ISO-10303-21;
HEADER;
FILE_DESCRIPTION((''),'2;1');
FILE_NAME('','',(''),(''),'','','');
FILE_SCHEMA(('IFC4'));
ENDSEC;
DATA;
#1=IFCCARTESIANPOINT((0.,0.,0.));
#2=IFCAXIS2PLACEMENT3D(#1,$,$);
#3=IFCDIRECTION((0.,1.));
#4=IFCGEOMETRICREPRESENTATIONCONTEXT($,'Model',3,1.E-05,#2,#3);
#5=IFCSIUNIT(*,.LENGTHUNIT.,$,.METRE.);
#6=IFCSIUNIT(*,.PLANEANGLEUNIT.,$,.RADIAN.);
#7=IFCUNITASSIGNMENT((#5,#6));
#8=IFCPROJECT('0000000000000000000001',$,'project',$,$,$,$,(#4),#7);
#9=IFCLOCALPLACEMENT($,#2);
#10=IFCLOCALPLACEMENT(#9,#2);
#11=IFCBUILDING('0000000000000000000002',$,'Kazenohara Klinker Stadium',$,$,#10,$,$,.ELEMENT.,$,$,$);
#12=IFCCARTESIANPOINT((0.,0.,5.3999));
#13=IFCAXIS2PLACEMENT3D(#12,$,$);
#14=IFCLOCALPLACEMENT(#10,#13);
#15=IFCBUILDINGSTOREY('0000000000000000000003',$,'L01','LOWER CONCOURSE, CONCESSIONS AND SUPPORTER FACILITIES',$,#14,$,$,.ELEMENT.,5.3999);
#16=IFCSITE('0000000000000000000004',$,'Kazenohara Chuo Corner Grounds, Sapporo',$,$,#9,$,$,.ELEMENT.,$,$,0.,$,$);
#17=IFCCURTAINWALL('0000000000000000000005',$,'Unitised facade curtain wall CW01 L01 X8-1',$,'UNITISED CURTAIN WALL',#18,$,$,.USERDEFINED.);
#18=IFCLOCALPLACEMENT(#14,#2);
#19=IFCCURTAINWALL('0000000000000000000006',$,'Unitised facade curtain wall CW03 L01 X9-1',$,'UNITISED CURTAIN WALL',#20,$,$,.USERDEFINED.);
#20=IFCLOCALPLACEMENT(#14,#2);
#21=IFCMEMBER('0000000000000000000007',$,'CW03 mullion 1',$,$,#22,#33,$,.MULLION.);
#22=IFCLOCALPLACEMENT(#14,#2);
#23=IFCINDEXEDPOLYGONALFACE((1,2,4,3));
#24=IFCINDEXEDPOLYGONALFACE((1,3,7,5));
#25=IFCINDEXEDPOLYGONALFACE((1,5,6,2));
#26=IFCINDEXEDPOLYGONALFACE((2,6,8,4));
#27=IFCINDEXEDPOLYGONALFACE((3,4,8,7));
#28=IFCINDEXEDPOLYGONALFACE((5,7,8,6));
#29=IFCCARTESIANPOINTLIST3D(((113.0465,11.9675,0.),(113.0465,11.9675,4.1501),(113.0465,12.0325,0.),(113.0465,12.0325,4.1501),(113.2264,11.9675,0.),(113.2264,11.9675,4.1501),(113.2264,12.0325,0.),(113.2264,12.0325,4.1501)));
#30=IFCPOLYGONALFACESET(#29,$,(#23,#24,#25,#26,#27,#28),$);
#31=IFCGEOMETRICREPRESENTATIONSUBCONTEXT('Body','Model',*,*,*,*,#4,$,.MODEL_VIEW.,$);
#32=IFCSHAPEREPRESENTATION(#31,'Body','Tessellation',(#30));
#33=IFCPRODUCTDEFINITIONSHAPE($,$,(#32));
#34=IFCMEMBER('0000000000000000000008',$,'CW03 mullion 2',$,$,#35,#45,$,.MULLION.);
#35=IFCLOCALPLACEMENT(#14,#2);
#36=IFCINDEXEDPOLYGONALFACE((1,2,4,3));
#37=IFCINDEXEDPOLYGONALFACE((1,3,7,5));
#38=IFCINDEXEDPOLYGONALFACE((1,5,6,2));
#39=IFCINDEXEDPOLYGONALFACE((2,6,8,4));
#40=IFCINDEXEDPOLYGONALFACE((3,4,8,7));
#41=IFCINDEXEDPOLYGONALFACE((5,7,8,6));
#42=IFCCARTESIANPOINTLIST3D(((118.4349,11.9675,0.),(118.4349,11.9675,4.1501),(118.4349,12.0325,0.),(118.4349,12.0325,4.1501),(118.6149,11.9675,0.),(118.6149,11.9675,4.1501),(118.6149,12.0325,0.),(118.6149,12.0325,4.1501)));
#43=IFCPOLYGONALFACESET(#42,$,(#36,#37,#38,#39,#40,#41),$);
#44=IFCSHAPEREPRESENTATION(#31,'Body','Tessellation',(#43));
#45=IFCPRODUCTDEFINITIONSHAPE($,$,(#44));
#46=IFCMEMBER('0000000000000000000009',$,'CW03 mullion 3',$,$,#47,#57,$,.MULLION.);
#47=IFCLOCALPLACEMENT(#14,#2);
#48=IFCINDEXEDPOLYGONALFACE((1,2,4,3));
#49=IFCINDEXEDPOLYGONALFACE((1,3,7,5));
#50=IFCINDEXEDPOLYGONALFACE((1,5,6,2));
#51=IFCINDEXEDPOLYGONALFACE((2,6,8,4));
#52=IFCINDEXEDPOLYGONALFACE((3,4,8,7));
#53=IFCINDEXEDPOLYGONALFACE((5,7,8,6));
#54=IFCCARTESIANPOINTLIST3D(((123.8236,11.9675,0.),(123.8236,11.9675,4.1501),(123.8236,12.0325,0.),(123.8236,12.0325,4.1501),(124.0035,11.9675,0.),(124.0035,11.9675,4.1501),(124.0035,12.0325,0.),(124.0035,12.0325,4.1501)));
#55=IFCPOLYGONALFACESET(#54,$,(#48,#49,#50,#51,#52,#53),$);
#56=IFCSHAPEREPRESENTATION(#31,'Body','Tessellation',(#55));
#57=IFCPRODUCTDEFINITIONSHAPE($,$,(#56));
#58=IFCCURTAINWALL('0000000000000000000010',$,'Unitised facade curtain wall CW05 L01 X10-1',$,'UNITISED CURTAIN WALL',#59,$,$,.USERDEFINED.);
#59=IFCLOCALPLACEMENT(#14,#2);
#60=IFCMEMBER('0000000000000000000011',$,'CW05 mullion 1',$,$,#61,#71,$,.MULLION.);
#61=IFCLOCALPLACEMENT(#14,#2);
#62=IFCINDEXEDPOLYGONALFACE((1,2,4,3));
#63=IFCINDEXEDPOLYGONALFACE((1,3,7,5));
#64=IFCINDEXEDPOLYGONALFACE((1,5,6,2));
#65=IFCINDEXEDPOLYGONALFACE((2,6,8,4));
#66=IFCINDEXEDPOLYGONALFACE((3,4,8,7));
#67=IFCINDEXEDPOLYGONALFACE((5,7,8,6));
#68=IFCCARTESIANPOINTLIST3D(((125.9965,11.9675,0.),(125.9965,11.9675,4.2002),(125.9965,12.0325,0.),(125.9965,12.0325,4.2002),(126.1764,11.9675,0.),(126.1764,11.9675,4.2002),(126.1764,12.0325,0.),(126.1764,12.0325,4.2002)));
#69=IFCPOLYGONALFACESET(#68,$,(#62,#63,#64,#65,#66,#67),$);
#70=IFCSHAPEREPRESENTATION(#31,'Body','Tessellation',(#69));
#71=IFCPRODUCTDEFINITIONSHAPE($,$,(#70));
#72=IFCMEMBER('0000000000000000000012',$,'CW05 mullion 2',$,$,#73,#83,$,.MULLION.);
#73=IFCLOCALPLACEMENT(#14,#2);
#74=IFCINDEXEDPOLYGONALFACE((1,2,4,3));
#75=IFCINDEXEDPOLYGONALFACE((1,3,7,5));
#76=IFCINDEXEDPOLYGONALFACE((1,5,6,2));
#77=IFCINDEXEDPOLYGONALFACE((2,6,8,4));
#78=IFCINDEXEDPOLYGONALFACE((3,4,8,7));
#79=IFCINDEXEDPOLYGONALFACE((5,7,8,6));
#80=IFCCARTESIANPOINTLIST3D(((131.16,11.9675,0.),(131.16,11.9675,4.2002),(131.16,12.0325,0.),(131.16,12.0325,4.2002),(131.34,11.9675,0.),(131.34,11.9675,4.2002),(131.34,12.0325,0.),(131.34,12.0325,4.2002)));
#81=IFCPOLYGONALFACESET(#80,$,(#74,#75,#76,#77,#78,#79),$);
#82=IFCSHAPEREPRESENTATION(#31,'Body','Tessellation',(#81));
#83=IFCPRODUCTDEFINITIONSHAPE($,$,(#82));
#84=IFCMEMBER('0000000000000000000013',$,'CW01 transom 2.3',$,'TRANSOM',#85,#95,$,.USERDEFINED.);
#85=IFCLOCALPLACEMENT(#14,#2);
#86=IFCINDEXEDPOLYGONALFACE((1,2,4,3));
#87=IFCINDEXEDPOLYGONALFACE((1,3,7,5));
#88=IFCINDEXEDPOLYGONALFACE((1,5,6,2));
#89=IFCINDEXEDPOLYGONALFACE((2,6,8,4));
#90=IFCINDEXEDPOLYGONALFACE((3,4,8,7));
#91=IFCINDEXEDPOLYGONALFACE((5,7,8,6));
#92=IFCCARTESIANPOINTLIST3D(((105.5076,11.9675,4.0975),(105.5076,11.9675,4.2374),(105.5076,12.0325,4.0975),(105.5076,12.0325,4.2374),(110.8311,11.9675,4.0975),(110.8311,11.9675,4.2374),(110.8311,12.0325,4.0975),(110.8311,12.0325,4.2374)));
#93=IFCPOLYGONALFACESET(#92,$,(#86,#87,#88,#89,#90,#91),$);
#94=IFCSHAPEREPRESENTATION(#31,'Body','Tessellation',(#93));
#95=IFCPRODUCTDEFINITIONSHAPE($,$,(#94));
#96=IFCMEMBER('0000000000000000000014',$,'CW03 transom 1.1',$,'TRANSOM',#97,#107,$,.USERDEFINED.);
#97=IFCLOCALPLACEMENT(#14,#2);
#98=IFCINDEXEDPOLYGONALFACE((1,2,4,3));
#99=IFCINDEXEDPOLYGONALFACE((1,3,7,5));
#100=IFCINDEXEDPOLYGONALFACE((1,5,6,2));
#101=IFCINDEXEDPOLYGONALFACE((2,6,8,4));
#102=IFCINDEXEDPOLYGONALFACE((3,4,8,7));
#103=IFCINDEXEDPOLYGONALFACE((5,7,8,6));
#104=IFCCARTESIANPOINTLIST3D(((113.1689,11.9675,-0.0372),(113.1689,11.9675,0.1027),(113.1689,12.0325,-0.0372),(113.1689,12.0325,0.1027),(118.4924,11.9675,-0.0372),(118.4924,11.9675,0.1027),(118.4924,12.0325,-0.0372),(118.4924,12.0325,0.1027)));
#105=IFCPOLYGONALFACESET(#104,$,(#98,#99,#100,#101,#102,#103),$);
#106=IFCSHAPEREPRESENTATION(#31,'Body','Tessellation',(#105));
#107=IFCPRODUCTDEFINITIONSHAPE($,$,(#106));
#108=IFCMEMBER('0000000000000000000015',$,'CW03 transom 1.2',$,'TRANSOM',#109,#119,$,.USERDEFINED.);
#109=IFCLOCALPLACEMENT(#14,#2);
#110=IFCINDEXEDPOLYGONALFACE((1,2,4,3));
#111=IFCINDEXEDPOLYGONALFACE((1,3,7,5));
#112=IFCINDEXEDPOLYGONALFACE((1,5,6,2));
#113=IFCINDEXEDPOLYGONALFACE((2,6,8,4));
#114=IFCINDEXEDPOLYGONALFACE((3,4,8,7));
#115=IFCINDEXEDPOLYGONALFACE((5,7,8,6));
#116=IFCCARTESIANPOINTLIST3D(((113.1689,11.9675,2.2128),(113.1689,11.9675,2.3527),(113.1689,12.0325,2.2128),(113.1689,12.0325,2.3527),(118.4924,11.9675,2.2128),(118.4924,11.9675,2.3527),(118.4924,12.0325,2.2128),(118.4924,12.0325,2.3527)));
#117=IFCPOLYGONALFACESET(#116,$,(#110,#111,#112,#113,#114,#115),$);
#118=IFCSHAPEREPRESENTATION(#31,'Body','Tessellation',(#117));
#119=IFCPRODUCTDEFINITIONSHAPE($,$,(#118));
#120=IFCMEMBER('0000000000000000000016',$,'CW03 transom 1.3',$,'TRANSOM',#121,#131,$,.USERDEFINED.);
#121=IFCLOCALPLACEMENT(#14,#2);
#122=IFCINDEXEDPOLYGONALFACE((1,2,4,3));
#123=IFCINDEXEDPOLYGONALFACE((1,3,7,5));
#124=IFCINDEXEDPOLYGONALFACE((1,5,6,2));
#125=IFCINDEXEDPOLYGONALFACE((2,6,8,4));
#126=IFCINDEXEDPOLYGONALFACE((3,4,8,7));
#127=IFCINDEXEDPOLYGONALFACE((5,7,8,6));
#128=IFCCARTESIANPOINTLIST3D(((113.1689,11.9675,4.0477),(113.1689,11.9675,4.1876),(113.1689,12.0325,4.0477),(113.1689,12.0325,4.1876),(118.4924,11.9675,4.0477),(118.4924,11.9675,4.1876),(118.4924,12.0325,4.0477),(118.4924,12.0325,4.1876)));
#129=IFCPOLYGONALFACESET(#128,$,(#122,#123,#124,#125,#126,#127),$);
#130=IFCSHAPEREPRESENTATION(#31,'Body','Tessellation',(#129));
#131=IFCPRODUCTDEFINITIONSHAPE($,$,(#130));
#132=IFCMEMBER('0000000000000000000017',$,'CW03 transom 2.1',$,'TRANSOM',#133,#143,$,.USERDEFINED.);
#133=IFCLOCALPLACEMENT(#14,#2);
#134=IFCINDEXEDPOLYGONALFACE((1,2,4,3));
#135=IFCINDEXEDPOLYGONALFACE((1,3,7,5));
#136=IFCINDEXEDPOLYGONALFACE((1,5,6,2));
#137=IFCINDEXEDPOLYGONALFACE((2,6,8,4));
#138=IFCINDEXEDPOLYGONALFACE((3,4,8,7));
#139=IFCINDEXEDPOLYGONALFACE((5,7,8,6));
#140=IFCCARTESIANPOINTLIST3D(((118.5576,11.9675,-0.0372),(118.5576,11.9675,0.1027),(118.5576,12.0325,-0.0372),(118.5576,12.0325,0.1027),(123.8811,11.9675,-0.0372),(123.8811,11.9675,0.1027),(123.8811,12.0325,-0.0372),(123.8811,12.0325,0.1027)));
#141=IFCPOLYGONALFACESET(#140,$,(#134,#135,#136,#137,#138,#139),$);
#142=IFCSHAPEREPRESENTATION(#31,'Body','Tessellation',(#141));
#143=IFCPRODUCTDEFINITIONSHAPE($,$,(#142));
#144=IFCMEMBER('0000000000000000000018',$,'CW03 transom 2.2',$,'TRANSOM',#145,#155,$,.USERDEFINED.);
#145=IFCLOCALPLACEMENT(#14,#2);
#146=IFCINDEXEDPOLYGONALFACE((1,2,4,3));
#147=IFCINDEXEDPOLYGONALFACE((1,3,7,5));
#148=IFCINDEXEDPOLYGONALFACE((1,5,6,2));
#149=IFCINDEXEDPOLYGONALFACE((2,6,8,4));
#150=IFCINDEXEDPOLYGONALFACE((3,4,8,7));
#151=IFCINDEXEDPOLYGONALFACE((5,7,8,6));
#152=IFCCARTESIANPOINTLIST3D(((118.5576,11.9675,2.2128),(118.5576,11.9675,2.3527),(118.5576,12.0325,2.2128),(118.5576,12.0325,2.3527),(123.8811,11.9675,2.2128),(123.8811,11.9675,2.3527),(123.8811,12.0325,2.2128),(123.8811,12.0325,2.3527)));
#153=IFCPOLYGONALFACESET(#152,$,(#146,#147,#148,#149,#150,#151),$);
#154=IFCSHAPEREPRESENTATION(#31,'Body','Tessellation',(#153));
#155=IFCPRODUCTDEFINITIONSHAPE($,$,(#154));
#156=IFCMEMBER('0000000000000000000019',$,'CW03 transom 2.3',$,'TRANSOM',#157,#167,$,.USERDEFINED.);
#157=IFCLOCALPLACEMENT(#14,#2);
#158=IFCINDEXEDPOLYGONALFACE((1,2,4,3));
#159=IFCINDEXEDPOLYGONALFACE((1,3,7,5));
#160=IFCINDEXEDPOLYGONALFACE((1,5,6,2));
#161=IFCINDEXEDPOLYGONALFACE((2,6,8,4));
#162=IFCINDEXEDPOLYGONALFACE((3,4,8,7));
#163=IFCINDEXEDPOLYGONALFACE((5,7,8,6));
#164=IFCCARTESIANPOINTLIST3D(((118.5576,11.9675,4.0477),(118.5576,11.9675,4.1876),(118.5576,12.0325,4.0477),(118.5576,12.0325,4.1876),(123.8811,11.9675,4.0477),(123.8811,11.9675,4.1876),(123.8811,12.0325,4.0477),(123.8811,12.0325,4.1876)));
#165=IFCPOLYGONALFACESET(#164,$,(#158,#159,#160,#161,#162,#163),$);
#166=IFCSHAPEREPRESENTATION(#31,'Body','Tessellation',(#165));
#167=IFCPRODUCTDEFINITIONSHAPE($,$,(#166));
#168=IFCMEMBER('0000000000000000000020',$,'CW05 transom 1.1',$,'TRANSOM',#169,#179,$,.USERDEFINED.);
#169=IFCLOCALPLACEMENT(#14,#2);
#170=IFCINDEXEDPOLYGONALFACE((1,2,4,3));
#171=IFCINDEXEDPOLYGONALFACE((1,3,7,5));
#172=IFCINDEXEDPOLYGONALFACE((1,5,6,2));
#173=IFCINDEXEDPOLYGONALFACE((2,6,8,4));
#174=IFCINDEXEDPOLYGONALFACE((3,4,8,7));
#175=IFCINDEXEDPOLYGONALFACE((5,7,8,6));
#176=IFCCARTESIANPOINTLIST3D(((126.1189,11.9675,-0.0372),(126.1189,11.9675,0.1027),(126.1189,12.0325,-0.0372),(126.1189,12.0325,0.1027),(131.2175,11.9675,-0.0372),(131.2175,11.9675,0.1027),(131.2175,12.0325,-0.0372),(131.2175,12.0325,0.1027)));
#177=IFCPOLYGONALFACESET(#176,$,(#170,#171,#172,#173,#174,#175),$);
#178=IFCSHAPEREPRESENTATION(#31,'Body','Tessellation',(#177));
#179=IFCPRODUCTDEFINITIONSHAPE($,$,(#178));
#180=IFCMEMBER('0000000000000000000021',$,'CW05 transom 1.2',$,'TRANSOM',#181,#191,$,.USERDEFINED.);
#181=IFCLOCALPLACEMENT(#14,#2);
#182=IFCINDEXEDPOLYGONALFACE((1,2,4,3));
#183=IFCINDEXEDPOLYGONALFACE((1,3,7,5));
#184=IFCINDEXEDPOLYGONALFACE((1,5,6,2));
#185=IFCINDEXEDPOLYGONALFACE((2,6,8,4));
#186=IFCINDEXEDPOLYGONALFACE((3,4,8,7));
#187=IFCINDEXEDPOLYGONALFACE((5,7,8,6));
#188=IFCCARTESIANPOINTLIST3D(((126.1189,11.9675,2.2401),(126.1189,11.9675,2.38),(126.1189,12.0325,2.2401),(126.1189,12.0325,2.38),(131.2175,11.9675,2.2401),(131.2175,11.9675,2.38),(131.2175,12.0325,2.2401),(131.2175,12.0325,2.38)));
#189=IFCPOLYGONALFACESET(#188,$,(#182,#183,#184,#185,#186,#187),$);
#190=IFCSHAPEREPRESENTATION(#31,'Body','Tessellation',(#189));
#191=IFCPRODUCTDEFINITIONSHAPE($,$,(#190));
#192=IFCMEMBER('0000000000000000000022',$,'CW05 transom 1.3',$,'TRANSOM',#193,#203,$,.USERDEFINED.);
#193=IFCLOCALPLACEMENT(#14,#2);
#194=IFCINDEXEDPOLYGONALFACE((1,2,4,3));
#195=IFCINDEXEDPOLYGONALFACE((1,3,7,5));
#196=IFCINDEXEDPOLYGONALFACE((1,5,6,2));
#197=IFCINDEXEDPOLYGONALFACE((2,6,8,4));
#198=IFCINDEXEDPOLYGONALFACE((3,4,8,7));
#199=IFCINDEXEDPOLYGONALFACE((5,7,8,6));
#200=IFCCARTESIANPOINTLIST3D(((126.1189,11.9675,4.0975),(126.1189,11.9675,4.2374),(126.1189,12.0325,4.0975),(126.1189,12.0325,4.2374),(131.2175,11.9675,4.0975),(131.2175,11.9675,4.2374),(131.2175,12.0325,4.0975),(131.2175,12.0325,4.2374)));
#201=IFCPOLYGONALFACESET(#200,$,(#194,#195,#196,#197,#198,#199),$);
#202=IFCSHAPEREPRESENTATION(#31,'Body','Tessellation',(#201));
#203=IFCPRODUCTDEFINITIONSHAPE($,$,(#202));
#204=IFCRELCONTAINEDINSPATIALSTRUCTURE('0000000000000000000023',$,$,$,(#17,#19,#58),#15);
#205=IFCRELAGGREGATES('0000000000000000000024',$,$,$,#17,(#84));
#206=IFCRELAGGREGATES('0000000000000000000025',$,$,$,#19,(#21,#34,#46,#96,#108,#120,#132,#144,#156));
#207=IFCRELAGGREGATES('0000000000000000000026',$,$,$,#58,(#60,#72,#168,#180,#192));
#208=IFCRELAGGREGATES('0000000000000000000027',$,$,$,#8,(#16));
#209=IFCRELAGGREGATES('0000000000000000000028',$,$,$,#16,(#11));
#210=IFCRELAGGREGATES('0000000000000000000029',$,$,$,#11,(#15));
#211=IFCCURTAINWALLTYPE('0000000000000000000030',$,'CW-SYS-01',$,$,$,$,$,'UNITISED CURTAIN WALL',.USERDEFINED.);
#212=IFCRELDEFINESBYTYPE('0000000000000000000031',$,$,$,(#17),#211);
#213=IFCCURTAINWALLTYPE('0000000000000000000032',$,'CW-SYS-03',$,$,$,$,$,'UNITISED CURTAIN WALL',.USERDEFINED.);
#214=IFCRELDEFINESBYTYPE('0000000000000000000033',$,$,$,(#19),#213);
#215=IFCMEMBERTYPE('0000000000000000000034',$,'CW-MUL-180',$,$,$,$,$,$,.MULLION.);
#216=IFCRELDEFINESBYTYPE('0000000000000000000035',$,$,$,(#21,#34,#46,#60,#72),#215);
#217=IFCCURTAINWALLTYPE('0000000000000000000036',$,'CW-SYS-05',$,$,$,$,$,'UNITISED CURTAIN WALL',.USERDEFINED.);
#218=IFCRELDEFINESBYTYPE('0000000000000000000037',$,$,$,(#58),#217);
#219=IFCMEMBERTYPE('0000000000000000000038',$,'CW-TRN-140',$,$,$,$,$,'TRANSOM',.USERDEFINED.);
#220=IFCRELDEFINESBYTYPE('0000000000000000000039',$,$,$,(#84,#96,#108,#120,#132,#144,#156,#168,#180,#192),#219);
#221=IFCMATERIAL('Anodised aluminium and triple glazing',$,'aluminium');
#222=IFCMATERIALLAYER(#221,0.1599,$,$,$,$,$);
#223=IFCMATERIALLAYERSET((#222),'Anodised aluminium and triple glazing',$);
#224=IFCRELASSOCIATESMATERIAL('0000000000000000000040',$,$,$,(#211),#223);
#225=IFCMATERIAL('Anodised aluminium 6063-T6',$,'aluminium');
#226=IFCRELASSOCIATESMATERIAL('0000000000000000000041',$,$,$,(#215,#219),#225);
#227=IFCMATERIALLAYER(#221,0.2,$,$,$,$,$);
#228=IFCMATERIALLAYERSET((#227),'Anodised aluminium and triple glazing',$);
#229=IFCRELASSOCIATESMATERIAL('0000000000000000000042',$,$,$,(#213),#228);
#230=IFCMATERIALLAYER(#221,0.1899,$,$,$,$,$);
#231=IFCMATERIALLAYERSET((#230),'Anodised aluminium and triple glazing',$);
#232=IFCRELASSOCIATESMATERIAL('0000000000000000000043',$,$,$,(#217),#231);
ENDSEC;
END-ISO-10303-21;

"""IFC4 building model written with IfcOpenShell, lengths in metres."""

from ifc_helpers import new_model, si_unit, direction, frame, origin, origin_2d, place, context, subcontext, project, spatial, rectangle, extrude, material, layer, layer_set, material_profile, profile_set, type_object, element, aggregate, save


model = new_model("IFC4")

# Units and contexts
model_context = context("Model", 3, precision=1e-05, world=origin(), true_north=direction((0.0, 1.0)))
body_context = subcontext(model_context, "Body", "Model", "MODEL_VIEW")
ifc_project = project(units=[si_unit("LENGTHUNIT", "METRE"), si_unit("PLANEANGLEUNIT", "RADIAN")], contexts=[model_context])

# Site, building, storey
site_placement = place(None, origin())
site = spatial("IfcSite", under=ifc_project, at=site_placement, Name="Kazenohara Chuo Corner Grounds, Sapporo", CompositionType="ELEMENT", RefElevation=0.0)
building_placement = place(site_placement, origin())
building = spatial("IfcBuilding", under=site, at=building_placement, Name="Kazenohara Klinker Stadium", CompositionType="ELEMENT")
storey_placement = place(building_placement, frame((0.0, 0.0, 5.3999)))
storey = spatial("IfcBuildingStorey", under=building, at=storey_placement, Name="L01", Description="LOWER CONCOURSE, CONCESSIONS AND SUPPORTER FACILITIES", CompositionType="ELEMENT", Elevation=5.3999)

# Curtain wall
ifc_material_1 = material(Name="Anodised aluminium and triple glazing", Category="aluminium")
ifc_layer_1 = layer(ifc_material_1, 0.1599)
ifc_layer_set_1 = layer_set([ifc_layer_1], Name="Anodised aluminium and triple glazing")
curtain_wall_type_1 = type_object("IfcCurtainWallType", Name="CW-SYS-01", ElementType="UNITISED CURTAIN WALL", PredefinedType="USERDEFINED", material=ifc_layer_set_1)
curtain_wall_1_placement = place(storey_placement, origin())
curtain_wall_1 = element("IfcCurtainWall", 1, at=curtain_wall_1_placement, inside=storey, type_object=curtain_wall_type_1, Name="Unitised facade curtain wall CW01 L01 X8-1", ObjectType="UNITISED CURTAIN WALL", PredefinedType="USERDEFINED")
ifc_material_2 = material(Name="Anodised aluminium 6063-T6", Category="aluminium")
ifc_material_profile_1 = material_profile(ifc_material_2, rectangle(XDim=0.0649, YDim=0.1799, at=origin_2d()), Name="ALU-MUL-65x180")
ifc_profile_set_1 = profile_set([ifc_material_profile_1], Name="Anodised aluminium 6063-T6")
member_type_1 = type_object("IfcMemberType", Name="CW-MUL-180", PredefinedType="MULLION", material=ifc_profile_set_1)

# Curtain walls, members
ifc_layer_2 = layer(ifc_material_1, 0.2)
ifc_layer_set_2 = layer_set([ifc_layer_2], Name="Anodised aluminium and triple glazing")
curtain_wall_type_2 = type_object("IfcCurtainWallType", Name="CW-SYS-03", ElementType="UNITISED CURTAIN WALL", PredefinedType="USERDEFINED", material=ifc_layer_set_2)
curtain_wall_2_placement = place(storey_placement, origin())
curtain_wall_2 = element("IfcCurtainWall", 2, at=curtain_wall_2_placement, inside=storey, type_object=curtain_wall_type_2, Name="Unitised facade curtain wall CW03 L01 X9-1", ObjectType="UNITISED CURTAIN WALL", PredefinedType="USERDEFINED")
member_1_placement = place(storey_placement, frame((113.1365, 12.0, 0.0), z_axis=(0.0, 0.0, 1.0), x_axis=(0.0, 1.0, 0.0)))
member_1 = element("IfcMember", 3, at=member_1_placement, type_object=member_type_1, Name="CW03 mullion 1", PredefinedType="MULLION", context=body_context, shape_type="SweptSolid", body=[
    extrude(rectangle(XDim=0.0649, YDim=0.1799, at=origin_2d()), origin(), (0.0, 0.0, 1.0), 4.1501),
])
member_2_placement = place(storey_placement, frame((118.5249, 12.0, 0.0), z_axis=(0.0, 0.0, 1.0), x_axis=(0.0, 1.0, 0.0)))
member_2 = element("IfcMember", 4, at=member_2_placement, type_object=member_type_1, Name="CW03 mullion 2", PredefinedType="MULLION", context=body_context, shape_type="SweptSolid", body=[
    extrude(rectangle(XDim=0.0649, YDim=0.1799, at=origin_2d()), origin(), (0.0, 0.0, 1.0), 4.1501),
])
member_3_placement = place(storey_placement, frame((123.9136, 12.0, 0.0), z_axis=(0.0, 0.0, 1.0), x_axis=(0.0, 1.0, 0.0)))
member_3 = element("IfcMember", 5, at=member_3_placement, type_object=member_type_1, Name="CW03 mullion 3", PredefinedType="MULLION", context=body_context, shape_type="SweptSolid", body=[
    extrude(rectangle(XDim=0.0649, YDim=0.1799, at=origin_2d()), origin(), (0.0, 0.0, 1.0), 4.1501),
])
ifc_layer_3 = layer(ifc_material_1, 0.1899)
ifc_layer_set_3 = layer_set([ifc_layer_3], Name="Anodised aluminium and triple glazing")
curtain_wall_type_3 = type_object("IfcCurtainWallType", Name="CW-SYS-05", ElementType="UNITISED CURTAIN WALL", PredefinedType="USERDEFINED", material=ifc_layer_set_3)
curtain_wall_3_placement = place(storey_placement, origin())
curtain_wall_3 = element("IfcCurtainWall", 6, at=curtain_wall_3_placement, inside=storey, type_object=curtain_wall_type_3, Name="Unitised facade curtain wall CW05 L01 X10-1", ObjectType="UNITISED CURTAIN WALL", PredefinedType="USERDEFINED")
member_4_placement = place(storey_placement, frame((126.0864, 12.0, 0.0), z_axis=(0.0, 0.0, 1.0), x_axis=(0.0, 1.0, 0.0)))
member_4 = element("IfcMember", 7, at=member_4_placement, type_object=member_type_1, Name="CW05 mullion 1", PredefinedType="MULLION", context=body_context, shape_type="SweptSolid", body=[
    extrude(rectangle(XDim=0.0649, YDim=0.1799, at=origin_2d()), origin(), (0.0, 0.0, 1.0), 4.2002),
])
member_5_placement = place(storey_placement, frame((131.25, 12.0, 0.0), z_axis=(0.0, 0.0, 1.0), x_axis=(0.0, 1.0, 0.0)))
member_5 = element("IfcMember", 8, at=member_5_placement, type_object=member_type_1, Name="CW05 mullion 2", PredefinedType="MULLION", context=body_context, shape_type="SweptSolid", body=[
    extrude(rectangle(XDim=0.0649, YDim=0.1799, at=origin_2d()), origin(), (0.0, 0.0, 1.0), 4.2002),
])

# Members
ifc_material_profile_2 = material_profile(ifc_material_2, rectangle(XDim=0.0649, YDim=0.1399, at=origin_2d()), Name="ALU-TRN-65x140")
ifc_profile_set_2 = profile_set([ifc_material_profile_2], Name="Anodised aluminium 6063-T6")
member_type_2 = type_object("IfcMemberType", Name="CW-TRN-140", ElementType="TRANSOM", PredefinedType="USERDEFINED", material=ifc_profile_set_2)
member_6_placement = place(storey_placement, frame((105.5076, 12.0, 4.1675), z_axis=(1.0, 0.0, 0.0), x_axis=(0.0, 1.0, 0.0)))
member_6 = element("IfcMember", 9, at=member_6_placement, type_object=member_type_2, Name="CW01 transom 2.3", ObjectType="TRANSOM", PredefinedType="USERDEFINED", context=body_context, shape_type="SweptSolid", body=[
    extrude(rectangle(XDim=0.0649, YDim=0.1399, at=origin_2d()), origin(), (0.0, 0.0, 1.0), 5.3235),
])
member_7_placement = place(storey_placement, frame((113.1689, 12.0, 0.0327), z_axis=(1.0, 0.0, 0.0), x_axis=(0.0, 1.0, 0.0)))
member_7 = element("IfcMember", 10, at=member_7_placement, type_object=member_type_2, Name="CW03 transom 1.1", ObjectType="TRANSOM", PredefinedType="USERDEFINED", context=body_context, shape_type="SweptSolid", body=[
    extrude(rectangle(XDim=0.0649, YDim=0.1399, at=origin_2d()), origin(), (0.0, 0.0, 1.0), 5.3235),
])
member_8_placement = place(storey_placement, frame((113.1689, 12.0, 2.2827), z_axis=(1.0, 0.0, 0.0), x_axis=(0.0, 1.0, 0.0)))
member_8 = element("IfcMember", 11, at=member_8_placement, type_object=member_type_2, Name="CW03 transom 1.2", ObjectType="TRANSOM", PredefinedType="USERDEFINED", context=body_context, shape_type="SweptSolid", body=[
    extrude(rectangle(XDim=0.0649, YDim=0.1399, at=origin_2d()), origin(), (0.0, 0.0, 1.0), 5.3235),
])
member_9_placement = place(storey_placement, frame((113.1689, 12.0, 4.1177), z_axis=(1.0, 0.0, 0.0), x_axis=(0.0, 1.0, 0.0)))
member_9 = element("IfcMember", 12, at=member_9_placement, type_object=member_type_2, Name="CW03 transom 1.3", ObjectType="TRANSOM", PredefinedType="USERDEFINED", context=body_context, shape_type="SweptSolid", body=[
    extrude(rectangle(XDim=0.0649, YDim=0.1399, at=origin_2d()), origin(), (0.0, 0.0, 1.0), 5.3235),
])
member_10_placement = place(storey_placement, frame((118.5576, 12.0, 0.0327), z_axis=(1.0, 0.0, 0.0), x_axis=(0.0, 1.0, 0.0)))
member_10 = element("IfcMember", 13, at=member_10_placement, type_object=member_type_2, Name="CW03 transom 2.1", ObjectType="TRANSOM", PredefinedType="USERDEFINED", context=body_context, shape_type="SweptSolid", body=[
    extrude(rectangle(XDim=0.0649, YDim=0.1399, at=origin_2d()), origin(), (0.0, 0.0, 1.0), 5.3235),
])
member_11_placement = place(storey_placement, frame((118.5576, 12.0, 2.2827), z_axis=(1.0, 0.0, 0.0), x_axis=(0.0, 1.0, 0.0)))
member_11 = element("IfcMember", 14, at=member_11_placement, type_object=member_type_2, Name="CW03 transom 2.2", ObjectType="TRANSOM", PredefinedType="USERDEFINED", context=body_context, shape_type="SweptSolid", body=[
    extrude(rectangle(XDim=0.0649, YDim=0.1399, at=origin_2d()), origin(), (0.0, 0.0, 1.0), 5.3235),
])
member_12_placement = place(storey_placement, frame((118.5576, 12.0, 4.1177), z_axis=(1.0, 0.0, 0.0), x_axis=(0.0, 1.0, 0.0)))
member_12 = element("IfcMember", 15, at=member_12_placement, type_object=member_type_2, Name="CW03 transom 2.3", ObjectType="TRANSOM", PredefinedType="USERDEFINED", context=body_context, shape_type="SweptSolid", body=[
    extrude(rectangle(XDim=0.0649, YDim=0.1399, at=origin_2d()), origin(), (0.0, 0.0, 1.0), 5.3235),
])
member_13_placement = place(storey_placement, frame((126.1189, 12.0, 0.0327), z_axis=(1.0, 0.0, 0.0), x_axis=(0.0, 1.0, 0.0)))
member_13 = element("IfcMember", 16, at=member_13_placement, type_object=member_type_2, Name="CW05 transom 1.1", ObjectType="TRANSOM", PredefinedType="USERDEFINED", context=body_context, shape_type="SweptSolid", body=[
    extrude(rectangle(XDim=0.0649, YDim=0.1399, at=origin_2d()), origin(), (0.0, 0.0, 1.0), 5.0986),
])
member_14_placement = place(storey_placement, frame((126.1189, 12.0, 2.3101), z_axis=(1.0, 0.0, 0.0), x_axis=(0.0, 1.0, 0.0)))
member_14 = element("IfcMember", 17, at=member_14_placement, type_object=member_type_2, Name="CW05 transom 1.2", ObjectType="TRANSOM", PredefinedType="USERDEFINED", context=body_context, shape_type="SweptSolid", body=[
    extrude(rectangle(XDim=0.0649, YDim=0.1399, at=origin_2d()), origin(), (0.0, 0.0, 1.0), 5.0986),
])
member_15_placement = place(storey_placement, frame((126.1189, 12.0, 4.1675), z_axis=(1.0, 0.0, 0.0), x_axis=(0.0, 1.0, 0.0)))
member_15 = element("IfcMember", 18, at=member_15_placement, type_object=member_type_2, Name="CW05 transom 1.3", ObjectType="TRANSOM", PredefinedType="USERDEFINED", context=body_context, shape_type="SweptSolid", body=[
    extrude(rectangle(XDim=0.0649, YDim=0.1399, at=origin_2d()), origin(), (0.0, 0.0, 1.0), 5.0986),
])

aggregate(curtain_wall_1, [member_6])
aggregate(curtain_wall_2, [member_1, member_2, member_3, member_7, member_8, member_9, member_10, member_11, member_12])
aggregate(curtain_wall_3, [member_4, member_5, member_13, member_14, member_15])

save(model, "model.ifc")
